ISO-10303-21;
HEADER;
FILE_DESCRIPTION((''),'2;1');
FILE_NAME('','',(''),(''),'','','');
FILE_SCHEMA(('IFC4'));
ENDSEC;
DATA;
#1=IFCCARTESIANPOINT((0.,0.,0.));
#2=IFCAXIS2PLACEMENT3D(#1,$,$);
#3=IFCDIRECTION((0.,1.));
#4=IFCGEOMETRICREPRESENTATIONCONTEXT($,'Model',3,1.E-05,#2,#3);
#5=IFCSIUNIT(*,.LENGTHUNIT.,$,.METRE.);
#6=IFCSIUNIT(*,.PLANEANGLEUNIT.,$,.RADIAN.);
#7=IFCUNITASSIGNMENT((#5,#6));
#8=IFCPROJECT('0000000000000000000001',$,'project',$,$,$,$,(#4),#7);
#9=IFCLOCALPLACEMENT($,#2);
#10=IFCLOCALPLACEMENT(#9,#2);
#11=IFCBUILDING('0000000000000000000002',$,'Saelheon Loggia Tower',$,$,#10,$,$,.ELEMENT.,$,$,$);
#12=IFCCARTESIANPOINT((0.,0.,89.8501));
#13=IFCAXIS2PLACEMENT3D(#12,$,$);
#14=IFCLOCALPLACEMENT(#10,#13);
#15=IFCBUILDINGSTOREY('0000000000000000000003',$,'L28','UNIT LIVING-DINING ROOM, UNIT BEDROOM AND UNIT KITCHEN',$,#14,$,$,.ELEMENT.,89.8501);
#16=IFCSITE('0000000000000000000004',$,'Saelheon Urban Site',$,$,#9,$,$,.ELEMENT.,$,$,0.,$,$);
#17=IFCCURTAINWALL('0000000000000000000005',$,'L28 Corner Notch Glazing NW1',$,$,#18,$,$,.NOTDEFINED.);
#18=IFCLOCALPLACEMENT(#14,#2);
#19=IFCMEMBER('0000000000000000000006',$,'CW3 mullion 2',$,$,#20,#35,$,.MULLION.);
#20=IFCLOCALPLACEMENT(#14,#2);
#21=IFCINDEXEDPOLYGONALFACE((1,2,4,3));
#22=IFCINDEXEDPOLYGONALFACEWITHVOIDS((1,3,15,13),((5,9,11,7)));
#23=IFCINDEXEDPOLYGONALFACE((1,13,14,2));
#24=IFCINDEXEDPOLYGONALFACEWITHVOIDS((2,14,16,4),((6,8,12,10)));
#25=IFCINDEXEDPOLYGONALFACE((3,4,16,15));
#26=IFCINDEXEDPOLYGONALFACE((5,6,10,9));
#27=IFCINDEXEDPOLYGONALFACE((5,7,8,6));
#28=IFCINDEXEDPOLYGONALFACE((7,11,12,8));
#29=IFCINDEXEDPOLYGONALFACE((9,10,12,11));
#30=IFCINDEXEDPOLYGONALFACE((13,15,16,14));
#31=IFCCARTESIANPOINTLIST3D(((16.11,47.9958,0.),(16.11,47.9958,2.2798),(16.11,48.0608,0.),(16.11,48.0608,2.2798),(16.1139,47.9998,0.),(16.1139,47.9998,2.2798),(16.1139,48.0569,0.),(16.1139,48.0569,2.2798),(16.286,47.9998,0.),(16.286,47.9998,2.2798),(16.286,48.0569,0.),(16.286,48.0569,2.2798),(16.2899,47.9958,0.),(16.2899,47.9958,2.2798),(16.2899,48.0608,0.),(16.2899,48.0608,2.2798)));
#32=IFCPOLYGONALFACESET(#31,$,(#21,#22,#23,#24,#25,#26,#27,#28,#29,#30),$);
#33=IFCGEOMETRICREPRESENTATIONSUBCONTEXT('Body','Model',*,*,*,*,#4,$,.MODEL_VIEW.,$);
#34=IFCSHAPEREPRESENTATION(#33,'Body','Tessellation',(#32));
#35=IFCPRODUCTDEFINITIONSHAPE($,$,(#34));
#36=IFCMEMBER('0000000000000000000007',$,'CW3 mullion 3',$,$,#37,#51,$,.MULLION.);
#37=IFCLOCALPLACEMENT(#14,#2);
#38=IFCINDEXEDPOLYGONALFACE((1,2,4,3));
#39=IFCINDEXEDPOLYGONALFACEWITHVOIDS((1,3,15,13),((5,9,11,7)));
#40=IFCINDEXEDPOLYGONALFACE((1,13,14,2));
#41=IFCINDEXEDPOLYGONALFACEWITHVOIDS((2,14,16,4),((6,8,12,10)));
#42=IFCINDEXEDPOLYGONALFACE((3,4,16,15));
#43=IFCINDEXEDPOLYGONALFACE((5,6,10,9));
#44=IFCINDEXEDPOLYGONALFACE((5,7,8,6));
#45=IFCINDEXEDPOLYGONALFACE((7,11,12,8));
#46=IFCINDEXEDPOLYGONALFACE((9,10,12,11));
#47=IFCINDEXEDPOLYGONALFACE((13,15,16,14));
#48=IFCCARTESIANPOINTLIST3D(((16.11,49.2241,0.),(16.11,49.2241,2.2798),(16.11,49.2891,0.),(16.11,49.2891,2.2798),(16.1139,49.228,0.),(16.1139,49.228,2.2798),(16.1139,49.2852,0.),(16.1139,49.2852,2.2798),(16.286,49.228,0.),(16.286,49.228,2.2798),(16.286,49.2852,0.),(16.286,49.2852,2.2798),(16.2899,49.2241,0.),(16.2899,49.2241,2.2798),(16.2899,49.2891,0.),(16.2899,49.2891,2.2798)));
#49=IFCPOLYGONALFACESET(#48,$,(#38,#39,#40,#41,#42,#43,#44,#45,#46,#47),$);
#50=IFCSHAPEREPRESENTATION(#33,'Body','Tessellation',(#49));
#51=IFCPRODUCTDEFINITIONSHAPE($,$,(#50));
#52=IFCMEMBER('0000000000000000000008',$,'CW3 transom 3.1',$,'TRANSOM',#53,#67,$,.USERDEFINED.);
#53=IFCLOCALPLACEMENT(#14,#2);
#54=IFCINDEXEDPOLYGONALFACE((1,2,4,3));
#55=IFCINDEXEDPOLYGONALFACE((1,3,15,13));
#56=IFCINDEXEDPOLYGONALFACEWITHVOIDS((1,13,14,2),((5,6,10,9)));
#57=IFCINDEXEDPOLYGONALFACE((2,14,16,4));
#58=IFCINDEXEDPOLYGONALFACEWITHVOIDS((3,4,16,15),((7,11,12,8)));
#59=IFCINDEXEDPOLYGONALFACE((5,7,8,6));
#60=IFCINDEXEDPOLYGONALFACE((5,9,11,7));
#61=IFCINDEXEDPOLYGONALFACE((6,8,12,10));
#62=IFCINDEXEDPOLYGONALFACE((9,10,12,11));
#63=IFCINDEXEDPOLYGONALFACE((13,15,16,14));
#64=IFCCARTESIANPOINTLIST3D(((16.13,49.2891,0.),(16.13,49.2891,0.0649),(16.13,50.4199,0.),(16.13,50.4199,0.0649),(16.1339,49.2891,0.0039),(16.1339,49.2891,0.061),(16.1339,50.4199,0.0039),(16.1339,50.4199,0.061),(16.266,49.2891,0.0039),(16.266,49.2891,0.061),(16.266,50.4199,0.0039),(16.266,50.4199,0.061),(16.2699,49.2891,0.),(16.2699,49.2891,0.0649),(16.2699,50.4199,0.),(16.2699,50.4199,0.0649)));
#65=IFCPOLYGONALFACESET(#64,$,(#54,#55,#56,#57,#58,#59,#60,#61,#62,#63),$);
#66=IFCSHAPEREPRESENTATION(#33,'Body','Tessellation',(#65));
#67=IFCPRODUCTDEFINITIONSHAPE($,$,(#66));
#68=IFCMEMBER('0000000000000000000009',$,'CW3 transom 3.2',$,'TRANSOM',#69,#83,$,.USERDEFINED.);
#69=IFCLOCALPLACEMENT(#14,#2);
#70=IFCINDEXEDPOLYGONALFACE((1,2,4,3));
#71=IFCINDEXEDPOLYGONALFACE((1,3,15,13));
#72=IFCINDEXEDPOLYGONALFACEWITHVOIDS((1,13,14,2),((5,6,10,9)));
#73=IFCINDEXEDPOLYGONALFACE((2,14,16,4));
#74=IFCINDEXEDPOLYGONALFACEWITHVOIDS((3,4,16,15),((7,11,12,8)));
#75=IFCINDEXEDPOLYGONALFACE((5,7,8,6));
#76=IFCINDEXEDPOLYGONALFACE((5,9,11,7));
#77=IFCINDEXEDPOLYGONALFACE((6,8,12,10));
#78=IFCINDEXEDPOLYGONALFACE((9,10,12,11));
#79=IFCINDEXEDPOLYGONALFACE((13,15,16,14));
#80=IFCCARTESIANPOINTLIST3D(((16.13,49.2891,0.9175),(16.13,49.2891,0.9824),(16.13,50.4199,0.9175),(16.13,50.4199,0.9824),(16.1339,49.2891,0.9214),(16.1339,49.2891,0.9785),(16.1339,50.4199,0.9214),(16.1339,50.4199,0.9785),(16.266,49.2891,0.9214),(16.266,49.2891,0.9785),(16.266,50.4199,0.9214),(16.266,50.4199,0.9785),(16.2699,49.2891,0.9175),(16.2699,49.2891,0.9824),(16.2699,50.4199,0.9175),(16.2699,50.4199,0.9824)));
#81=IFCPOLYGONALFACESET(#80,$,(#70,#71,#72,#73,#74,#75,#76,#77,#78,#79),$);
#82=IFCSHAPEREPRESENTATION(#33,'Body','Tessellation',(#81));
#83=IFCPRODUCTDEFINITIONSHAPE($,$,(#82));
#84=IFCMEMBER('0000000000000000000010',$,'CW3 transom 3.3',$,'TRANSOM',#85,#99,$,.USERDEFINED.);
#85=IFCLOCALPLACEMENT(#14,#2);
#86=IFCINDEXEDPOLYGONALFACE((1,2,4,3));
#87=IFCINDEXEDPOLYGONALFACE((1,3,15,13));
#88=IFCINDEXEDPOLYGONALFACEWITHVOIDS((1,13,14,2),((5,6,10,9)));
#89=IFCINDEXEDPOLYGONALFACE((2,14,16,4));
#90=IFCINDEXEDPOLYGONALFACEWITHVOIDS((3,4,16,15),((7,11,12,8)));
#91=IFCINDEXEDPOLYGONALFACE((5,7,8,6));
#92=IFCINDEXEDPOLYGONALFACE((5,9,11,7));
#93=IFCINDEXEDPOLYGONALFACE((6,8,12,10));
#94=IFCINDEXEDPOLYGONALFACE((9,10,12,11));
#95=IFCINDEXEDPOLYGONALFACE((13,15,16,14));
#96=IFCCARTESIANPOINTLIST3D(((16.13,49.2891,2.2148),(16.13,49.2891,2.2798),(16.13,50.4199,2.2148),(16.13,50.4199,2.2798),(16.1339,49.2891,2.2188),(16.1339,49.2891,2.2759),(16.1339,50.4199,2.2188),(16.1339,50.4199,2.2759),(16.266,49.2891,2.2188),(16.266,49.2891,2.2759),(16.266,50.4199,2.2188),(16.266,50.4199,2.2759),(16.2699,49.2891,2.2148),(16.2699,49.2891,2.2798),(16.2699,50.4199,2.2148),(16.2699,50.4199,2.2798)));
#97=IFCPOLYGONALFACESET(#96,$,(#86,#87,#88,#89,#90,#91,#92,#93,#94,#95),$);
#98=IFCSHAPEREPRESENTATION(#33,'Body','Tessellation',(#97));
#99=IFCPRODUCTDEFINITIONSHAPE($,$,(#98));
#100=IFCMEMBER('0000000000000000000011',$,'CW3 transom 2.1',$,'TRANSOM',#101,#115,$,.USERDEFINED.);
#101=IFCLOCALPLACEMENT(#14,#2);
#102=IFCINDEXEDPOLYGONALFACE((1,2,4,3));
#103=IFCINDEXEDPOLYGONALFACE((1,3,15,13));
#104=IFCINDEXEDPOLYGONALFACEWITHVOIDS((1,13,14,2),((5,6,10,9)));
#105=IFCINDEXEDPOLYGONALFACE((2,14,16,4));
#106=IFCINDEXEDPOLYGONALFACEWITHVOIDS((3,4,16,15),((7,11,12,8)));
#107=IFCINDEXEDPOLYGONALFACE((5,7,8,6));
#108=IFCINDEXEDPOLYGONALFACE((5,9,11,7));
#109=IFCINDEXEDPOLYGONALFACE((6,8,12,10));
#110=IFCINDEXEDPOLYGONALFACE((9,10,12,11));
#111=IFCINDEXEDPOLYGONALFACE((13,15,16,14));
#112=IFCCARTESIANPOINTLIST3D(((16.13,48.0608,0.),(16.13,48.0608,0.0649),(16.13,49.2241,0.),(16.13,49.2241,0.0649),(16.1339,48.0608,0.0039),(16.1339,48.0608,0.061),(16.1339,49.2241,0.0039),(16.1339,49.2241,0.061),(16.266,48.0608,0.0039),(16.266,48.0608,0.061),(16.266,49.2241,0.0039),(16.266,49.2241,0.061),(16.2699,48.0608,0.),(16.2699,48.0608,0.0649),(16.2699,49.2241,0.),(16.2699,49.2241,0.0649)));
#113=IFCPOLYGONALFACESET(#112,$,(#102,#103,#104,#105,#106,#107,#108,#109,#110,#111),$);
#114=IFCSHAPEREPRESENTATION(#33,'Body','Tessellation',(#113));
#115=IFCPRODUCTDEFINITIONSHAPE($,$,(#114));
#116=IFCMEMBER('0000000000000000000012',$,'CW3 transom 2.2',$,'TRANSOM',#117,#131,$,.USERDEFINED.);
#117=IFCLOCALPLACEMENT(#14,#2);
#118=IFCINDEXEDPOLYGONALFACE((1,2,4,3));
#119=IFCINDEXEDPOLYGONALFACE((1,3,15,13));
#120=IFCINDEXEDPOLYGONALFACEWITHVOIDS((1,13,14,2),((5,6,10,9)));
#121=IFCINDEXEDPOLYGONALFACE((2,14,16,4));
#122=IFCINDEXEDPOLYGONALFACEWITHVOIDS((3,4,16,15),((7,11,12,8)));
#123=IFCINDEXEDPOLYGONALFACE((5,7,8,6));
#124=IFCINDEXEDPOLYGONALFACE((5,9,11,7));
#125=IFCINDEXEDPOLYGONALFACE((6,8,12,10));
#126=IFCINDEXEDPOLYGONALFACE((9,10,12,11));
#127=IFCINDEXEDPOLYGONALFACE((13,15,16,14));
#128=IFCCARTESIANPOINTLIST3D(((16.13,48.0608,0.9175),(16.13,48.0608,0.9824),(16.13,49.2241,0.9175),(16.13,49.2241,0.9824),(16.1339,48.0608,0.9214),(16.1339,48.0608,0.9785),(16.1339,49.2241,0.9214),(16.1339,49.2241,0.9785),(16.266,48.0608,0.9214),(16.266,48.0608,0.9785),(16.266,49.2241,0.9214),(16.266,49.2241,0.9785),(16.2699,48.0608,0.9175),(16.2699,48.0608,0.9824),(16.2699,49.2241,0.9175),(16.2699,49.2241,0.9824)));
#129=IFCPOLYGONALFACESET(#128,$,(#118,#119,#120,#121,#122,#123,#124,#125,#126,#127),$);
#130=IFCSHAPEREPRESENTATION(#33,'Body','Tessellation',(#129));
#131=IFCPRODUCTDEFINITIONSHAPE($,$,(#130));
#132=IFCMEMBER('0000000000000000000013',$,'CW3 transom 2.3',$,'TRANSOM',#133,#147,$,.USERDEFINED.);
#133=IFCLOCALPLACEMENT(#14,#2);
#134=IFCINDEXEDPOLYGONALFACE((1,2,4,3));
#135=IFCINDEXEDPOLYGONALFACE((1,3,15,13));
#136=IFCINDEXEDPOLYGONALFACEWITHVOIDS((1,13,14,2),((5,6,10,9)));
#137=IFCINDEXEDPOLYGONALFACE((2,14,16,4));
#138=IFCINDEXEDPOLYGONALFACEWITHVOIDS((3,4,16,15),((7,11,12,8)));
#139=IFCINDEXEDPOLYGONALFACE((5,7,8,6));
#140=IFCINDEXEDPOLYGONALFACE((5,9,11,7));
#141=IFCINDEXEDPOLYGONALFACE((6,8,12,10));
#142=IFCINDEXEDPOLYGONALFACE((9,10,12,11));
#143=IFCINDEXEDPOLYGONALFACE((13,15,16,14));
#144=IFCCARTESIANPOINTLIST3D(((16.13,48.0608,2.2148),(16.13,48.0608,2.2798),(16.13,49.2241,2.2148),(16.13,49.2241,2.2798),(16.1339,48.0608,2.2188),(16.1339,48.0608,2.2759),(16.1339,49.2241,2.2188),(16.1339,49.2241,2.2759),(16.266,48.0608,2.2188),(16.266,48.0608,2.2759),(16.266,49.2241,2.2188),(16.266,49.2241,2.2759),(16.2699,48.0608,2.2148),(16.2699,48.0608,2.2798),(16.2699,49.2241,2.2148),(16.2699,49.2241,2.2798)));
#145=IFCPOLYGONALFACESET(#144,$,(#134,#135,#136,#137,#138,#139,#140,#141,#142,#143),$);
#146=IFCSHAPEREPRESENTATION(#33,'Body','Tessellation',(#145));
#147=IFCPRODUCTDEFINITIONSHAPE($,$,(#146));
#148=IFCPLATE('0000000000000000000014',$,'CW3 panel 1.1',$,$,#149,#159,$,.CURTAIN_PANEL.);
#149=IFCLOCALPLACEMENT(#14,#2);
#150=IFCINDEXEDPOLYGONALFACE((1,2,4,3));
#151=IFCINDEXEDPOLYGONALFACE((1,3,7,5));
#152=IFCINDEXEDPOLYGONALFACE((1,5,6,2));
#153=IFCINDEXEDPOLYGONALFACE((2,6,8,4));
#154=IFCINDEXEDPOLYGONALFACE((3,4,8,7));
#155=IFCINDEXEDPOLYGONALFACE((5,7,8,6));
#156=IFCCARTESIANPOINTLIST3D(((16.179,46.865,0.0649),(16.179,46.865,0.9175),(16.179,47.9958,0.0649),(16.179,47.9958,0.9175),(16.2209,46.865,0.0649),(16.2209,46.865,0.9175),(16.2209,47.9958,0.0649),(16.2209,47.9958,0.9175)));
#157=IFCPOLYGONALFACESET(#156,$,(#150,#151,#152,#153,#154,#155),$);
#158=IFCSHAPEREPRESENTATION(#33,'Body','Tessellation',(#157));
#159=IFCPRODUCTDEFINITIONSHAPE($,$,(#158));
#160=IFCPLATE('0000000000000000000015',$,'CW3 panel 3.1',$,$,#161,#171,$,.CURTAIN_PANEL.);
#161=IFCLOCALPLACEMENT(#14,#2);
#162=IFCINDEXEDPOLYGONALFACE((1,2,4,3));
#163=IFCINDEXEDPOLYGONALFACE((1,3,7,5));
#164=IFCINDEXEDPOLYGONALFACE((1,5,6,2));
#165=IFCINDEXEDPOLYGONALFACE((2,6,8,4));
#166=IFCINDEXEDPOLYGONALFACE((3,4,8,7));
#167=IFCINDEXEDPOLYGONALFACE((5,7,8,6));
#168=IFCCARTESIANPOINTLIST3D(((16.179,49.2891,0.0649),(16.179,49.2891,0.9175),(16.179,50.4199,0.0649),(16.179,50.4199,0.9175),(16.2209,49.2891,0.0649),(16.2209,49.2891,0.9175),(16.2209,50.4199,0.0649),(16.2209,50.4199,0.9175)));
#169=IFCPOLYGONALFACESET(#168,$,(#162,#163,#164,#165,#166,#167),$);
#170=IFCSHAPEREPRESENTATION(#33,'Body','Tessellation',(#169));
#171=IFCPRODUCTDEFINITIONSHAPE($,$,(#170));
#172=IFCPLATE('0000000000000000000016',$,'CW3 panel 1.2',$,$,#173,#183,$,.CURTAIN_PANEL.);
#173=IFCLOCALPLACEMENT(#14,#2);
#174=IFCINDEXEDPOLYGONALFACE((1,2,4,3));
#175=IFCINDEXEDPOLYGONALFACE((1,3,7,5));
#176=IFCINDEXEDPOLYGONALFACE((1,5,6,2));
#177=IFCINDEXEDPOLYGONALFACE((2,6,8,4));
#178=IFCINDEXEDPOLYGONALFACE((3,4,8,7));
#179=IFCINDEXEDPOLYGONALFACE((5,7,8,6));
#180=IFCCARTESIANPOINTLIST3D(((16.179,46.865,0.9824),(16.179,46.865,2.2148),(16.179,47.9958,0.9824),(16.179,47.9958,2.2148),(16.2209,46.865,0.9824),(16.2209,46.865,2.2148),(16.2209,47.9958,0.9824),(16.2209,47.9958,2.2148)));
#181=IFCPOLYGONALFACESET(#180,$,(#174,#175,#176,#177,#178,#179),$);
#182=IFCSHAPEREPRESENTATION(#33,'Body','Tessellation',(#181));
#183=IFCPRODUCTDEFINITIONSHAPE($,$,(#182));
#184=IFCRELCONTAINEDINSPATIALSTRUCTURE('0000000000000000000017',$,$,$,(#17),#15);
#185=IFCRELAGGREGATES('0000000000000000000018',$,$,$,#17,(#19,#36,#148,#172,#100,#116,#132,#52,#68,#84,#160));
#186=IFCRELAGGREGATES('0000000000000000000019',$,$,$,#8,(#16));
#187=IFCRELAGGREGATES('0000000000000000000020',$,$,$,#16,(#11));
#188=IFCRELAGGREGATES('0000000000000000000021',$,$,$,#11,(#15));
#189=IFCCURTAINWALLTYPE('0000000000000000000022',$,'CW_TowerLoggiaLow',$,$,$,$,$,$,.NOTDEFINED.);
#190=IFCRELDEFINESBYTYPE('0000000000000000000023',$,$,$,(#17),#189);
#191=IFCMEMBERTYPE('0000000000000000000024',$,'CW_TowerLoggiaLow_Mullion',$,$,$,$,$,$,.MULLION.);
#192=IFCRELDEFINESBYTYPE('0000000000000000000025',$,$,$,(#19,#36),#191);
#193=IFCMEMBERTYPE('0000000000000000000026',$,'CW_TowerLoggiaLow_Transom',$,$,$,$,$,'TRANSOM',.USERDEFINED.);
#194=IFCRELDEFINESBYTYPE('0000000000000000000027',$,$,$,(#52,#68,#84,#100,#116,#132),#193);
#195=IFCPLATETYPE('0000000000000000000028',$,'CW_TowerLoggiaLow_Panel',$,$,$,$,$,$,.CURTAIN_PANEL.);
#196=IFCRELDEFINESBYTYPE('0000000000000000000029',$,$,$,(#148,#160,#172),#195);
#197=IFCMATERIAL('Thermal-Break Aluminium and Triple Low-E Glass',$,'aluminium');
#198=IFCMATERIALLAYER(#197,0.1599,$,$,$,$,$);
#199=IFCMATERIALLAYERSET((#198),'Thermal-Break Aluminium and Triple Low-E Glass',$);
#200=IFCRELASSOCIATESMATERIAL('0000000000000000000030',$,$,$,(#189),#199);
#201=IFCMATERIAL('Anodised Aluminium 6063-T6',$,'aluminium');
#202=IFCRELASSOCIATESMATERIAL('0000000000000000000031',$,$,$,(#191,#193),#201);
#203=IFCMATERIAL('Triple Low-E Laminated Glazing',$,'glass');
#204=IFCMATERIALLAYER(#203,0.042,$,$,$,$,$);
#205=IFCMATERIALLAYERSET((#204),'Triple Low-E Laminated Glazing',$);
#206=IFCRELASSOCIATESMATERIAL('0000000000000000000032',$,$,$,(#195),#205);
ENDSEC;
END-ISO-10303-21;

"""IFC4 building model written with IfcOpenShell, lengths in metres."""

from ifc_helpers import new_model, si_unit, direction, frame, origin, origin_2d, place, context, subcontext, project, spatial, rectangle, hollow_rectangle, extrude, source, transform, mapped, material, layer, layer_set, material_profile, profile_set, type_object, element, aggregate, save


model = new_model("IFC4")

# Units and contexts
model_context = context("Model", 3, precision=1e-05, world=origin(), true_north=direction((0.0, 1.0)))
body_context = subcontext(model_context, "Body", "Model", "MODEL_VIEW")
ifc_project = project(units=[si_unit("LENGTHUNIT", "METRE"), si_unit("PLANEANGLEUNIT", "RADIAN")], contexts=[model_context])

# Site, building, storey
site_placement = place(None, origin())
site = spatial("IfcSite", under=ifc_project, at=site_placement, Name="Saelheon Urban Site", CompositionType="ELEMENT", RefElevation=0.0)
building_placement = place(site_placement, origin())
building = spatial("IfcBuilding", under=site, at=building_placement, Name="Saelheon Loggia Tower", CompositionType="ELEMENT")
storey_placement = place(building_placement, frame((0.0, 0.0, 89.8501)))
storey = spatial("IfcBuildingStorey", under=building, at=storey_placement, Name="L28", Description="UNIT LIVING-DINING ROOM, UNIT BEDROOM AND UNIT KITCHEN", CompositionType="ELEMENT", Elevation=89.8501)

# Curtain wall, members, plates
ifc_material_1 = material(Name="Thermal-Break Aluminium and Triple Low-E Glass", Category="aluminium")
ifc_layer_1 = layer(ifc_material_1, 0.1599)
ifc_layer_set_1 = layer_set([ifc_layer_1], Name="Thermal-Break Aluminium and Triple Low-E Glass")
curtain_wall_type = type_object("IfcCurtainWallType", Name="CW_TowerLoggiaLow", PredefinedType="NOTDEFINED", material=ifc_layer_set_1)
curtain_wall_placement = place(storey_placement, origin())
curtain_wall = element("IfcCurtainWall", 1, at=curtain_wall_placement, inside=storey, type_object=curtain_wall_type, Name="L28 Corner Notch Glazing NW1", PredefinedType="NOTDEFINED")
ifc_material_2 = material(Name="Anodised Aluminium 6063-T6", Category="aluminium")
ifc_material_profile_1 = material_profile(ifc_material_2, hollow_rectangle(XDim=0.0649, YDim=0.1799, WallThickness=0.0039, at=origin_2d()), Name="RHS-180x65x4")
ifc_profile_set_1 = profile_set([ifc_material_profile_1], Name="Anodised Aluminium 6063-T6")
member_type_1 = type_object("IfcMemberType", Name="CW_TowerLoggiaLow_Mullion", PredefinedType="MULLION", material=ifc_profile_set_1)
shared_shape_1 = source(origin(), body_context, "Body", "SweptSolid", [
    extrude(hollow_rectangle(XDim=0.0649, YDim=0.1799, WallThickness=0.0039, at=origin_2d()), origin(), (0.0, 0.0, 1.0), 2.2798),
])
member_1_placement = place(storey_placement, frame((16.2, 48.0283, 0.0), z_axis=(0.0, 0.0, 1.0), x_axis=(0.0, 1.0, 0.0)))
member_1 = element("IfcMember", 2, at=member_1_placement, type_object=member_type_1, Name="CW3 mullion 2", PredefinedType="MULLION", context=body_context, shape_type="MappedRepresentation", body=[
    mapped(shared_shape_1, transform((0.0, 0.0, 0.0), scale=1.0)),
])
member_2_placement = place(storey_placement, frame((16.2, 49.2566, 0.0), z_axis=(0.0, 0.0, 1.0), x_axis=(0.0, 1.0, 0.0)))
member_2 = element("IfcMember", 3, at=member_2_placement, type_object=member_type_1, Name="CW3 mullion 3", PredefinedType="MULLION", context=body_context, shape_type="MappedRepresentation", body=[
    mapped(shared_shape_1, transform((0.0, 0.0, 0.0), scale=1.0)),
])
ifc_material_profile_2 = material_profile(ifc_material_2, hollow_rectangle(XDim=0.0649, YDim=0.1399, WallThickness=0.0039, at=origin_2d()), Name="RHS-140x65x4")
ifc_profile_set_2 = profile_set([ifc_material_profile_2], Name="Anodised Aluminium 6063-T6")
member_type_2 = type_object("IfcMemberType", Name="CW_TowerLoggiaLow_Transom", ElementType="TRANSOM", PredefinedType="USERDEFINED", material=ifc_profile_set_2)
shared_shape_2 = source(origin(), body_context, "Body", "SweptSolid", [
    extrude(hollow_rectangle(XDim=0.0649, YDim=0.1399, WallThickness=0.0039, at=origin_2d()), origin(), (0.0, 0.0, 1.0), 1.1309),
])
member_3_placement = place(storey_placement, frame((16.2, 49.2891, 0.0325), z_axis=(0.0, 1.0, 0.0), x_axis=(0.0, 0.0, 1.0)))
member_3 = element("IfcMember", 4, at=member_3_placement, type_object=member_type_2, Name="CW3 transom 3.1", ObjectType="TRANSOM", PredefinedType="USERDEFINED", context=body_context, shape_type="MappedRepresentation", body=[
    mapped(shared_shape_2, transform((0.0, 0.0, 0.0), scale=1.0)),
])
member_4_placement = place(storey_placement, frame((16.2, 49.2891, 0.95), z_axis=(0.0, 1.0, 0.0), x_axis=(0.0, 0.0, 1.0)))
member_4 = element("IfcMember", 5, at=member_4_placement, type_object=member_type_2, Name="CW3 transom 3.2", ObjectType="TRANSOM", PredefinedType="USERDEFINED", context=body_context, shape_type="MappedRepresentation", body=[
    mapped(shared_shape_2, transform((0.0, 0.0, 0.0), scale=1.0)),
])
member_5_placement = place(storey_placement, frame((16.2, 49.2891, 2.2473), z_axis=(0.0, 1.0, 0.0), x_axis=(0.0, 0.0, 1.0)))
member_5 = element("IfcMember", 6, at=member_5_placement, type_object=member_type_2, Name="CW3 transom 3.3", ObjectType="TRANSOM", PredefinedType="USERDEFINED", context=body_context, shape_type="MappedRepresentation", body=[
    mapped(shared_shape_2, transform((0.0, 0.0, 0.0), scale=1.0)),
])
shared_shape_3 = source(origin(), body_context, "Body", "SweptSolid", [
    extrude(hollow_rectangle(XDim=0.0649, YDim=0.1399, WallThickness=0.0039, at=origin_2d()), origin(), (0.0, 0.0, 1.0), 1.1633),
])
member_6_placement = place(storey_placement, frame((16.2, 48.0608, 0.0325), z_axis=(0.0, 1.0, 0.0), x_axis=(0.0, 0.0, 1.0)))
member_6 = element("IfcMember", 7, at=member_6_placement, type_object=member_type_2, Name="CW3 transom 2.1", ObjectType="TRANSOM", PredefinedType="USERDEFINED", context=body_context, shape_type="MappedRepresentation", body=[
    mapped(shared_shape_3, transform((0.0, 0.0, 0.0), scale=1.0)),
])
member_7_placement = place(storey_placement, frame((16.2, 48.0608, 0.95), z_axis=(0.0, 1.0, 0.0), x_axis=(0.0, 0.0, 1.0)))
member_7 = element("IfcMember", 8, at=member_7_placement, type_object=member_type_2, Name="CW3 transom 2.2", ObjectType="TRANSOM", PredefinedType="USERDEFINED", context=body_context, shape_type="MappedRepresentation", body=[
    mapped(shared_shape_3, transform((0.0, 0.0, 0.0), scale=1.0)),
])
member_8_placement = place(storey_placement, frame((16.2, 48.0608, 2.2473), z_axis=(0.0, 1.0, 0.0), x_axis=(0.0, 0.0, 1.0)))
member_8 = element("IfcMember", 9, at=member_8_placement, type_object=member_type_2, Name="CW3 transom 2.3", ObjectType="TRANSOM", PredefinedType="USERDEFINED", context=body_context, shape_type="MappedRepresentation", body=[
    mapped(shared_shape_3, transform((0.0, 0.0, 0.0), scale=1.0)),
])
ifc_material_3 = material(Name="Triple Low-E Laminated Glazing", Category="glass")
ifc_layer_2 = layer(ifc_material_3, 0.042)
ifc_layer_set_2 = layer_set([ifc_layer_2], Name="Triple Low-E Laminated Glazing")
plate_type = type_object("IfcPlateType", Name="CW_TowerLoggiaLow_Panel", PredefinedType="CURTAIN_PANEL", material=ifc_layer_set_2)
shared_shape_4 = source(origin(), body_context, "Body", "SweptSolid", [
    extrude(rectangle(XDim=1.1309, YDim=0.042, at=origin_2d()), origin(), (0.0, 0.0, 1.0), 0.8525),
])
plate_1_placement = place(storey_placement, frame((16.2, 47.4304, 0.0649), z_axis=(0.0, 0.0, 1.0), x_axis=(0.0, 1.0, 0.0)))
plate_1 = element("IfcPlate", 10, at=plate_1_placement, type_object=plate_type, Name="CW3 panel 1.1", PredefinedType="CURTAIN_PANEL", context=body_context, shape_type="MappedRepresentation", body=[
    mapped(shared_shape_4, transform((0.0, 0.0, 0.0), scale=1.0)),
])
plate_2_placement = place(storey_placement, frame((16.2, 49.8545, 0.0649), z_axis=(0.0, 0.0, 1.0), x_axis=(0.0, 1.0, 0.0)))
plate_2 = element("IfcPlate", 11, at=plate_2_placement, type_object=plate_type, Name="CW3 panel 3.1", PredefinedType="CURTAIN_PANEL", context=body_context, shape_type="MappedRepresentation", body=[
    mapped(shared_shape_4, transform((0.0, 0.0, 0.0), scale=1.0)),
])
shared_shape_5 = source(origin(), body_context, "Body", "SweptSolid", [
    extrude(rectangle(XDim=1.1309, YDim=0.042, at=origin_2d()), origin(), (0.0, 0.0, 1.0), 1.2324),
])
plate_3_placement = place(storey_placement, frame((16.2, 47.4304, 0.9824), z_axis=(0.0, 0.0, 1.0), x_axis=(0.0, 1.0, 0.0)))
plate_3 = element("IfcPlate", 12, at=plate_3_placement, type_object=plate_type, Name="CW3 panel 1.2", PredefinedType="CURTAIN_PANEL", context=body_context, shape_type="MappedRepresentation", body=[
    mapped(shared_shape_5, transform((0.0, 0.0, 0.0), scale=1.0)),
])
aggregate(curtain_wall, [member_1, member_2, plate_1, plate_3, member_6, member_7, member_8, member_3, member_4, member_5, plate_2])

save(model, "model.ifc")
